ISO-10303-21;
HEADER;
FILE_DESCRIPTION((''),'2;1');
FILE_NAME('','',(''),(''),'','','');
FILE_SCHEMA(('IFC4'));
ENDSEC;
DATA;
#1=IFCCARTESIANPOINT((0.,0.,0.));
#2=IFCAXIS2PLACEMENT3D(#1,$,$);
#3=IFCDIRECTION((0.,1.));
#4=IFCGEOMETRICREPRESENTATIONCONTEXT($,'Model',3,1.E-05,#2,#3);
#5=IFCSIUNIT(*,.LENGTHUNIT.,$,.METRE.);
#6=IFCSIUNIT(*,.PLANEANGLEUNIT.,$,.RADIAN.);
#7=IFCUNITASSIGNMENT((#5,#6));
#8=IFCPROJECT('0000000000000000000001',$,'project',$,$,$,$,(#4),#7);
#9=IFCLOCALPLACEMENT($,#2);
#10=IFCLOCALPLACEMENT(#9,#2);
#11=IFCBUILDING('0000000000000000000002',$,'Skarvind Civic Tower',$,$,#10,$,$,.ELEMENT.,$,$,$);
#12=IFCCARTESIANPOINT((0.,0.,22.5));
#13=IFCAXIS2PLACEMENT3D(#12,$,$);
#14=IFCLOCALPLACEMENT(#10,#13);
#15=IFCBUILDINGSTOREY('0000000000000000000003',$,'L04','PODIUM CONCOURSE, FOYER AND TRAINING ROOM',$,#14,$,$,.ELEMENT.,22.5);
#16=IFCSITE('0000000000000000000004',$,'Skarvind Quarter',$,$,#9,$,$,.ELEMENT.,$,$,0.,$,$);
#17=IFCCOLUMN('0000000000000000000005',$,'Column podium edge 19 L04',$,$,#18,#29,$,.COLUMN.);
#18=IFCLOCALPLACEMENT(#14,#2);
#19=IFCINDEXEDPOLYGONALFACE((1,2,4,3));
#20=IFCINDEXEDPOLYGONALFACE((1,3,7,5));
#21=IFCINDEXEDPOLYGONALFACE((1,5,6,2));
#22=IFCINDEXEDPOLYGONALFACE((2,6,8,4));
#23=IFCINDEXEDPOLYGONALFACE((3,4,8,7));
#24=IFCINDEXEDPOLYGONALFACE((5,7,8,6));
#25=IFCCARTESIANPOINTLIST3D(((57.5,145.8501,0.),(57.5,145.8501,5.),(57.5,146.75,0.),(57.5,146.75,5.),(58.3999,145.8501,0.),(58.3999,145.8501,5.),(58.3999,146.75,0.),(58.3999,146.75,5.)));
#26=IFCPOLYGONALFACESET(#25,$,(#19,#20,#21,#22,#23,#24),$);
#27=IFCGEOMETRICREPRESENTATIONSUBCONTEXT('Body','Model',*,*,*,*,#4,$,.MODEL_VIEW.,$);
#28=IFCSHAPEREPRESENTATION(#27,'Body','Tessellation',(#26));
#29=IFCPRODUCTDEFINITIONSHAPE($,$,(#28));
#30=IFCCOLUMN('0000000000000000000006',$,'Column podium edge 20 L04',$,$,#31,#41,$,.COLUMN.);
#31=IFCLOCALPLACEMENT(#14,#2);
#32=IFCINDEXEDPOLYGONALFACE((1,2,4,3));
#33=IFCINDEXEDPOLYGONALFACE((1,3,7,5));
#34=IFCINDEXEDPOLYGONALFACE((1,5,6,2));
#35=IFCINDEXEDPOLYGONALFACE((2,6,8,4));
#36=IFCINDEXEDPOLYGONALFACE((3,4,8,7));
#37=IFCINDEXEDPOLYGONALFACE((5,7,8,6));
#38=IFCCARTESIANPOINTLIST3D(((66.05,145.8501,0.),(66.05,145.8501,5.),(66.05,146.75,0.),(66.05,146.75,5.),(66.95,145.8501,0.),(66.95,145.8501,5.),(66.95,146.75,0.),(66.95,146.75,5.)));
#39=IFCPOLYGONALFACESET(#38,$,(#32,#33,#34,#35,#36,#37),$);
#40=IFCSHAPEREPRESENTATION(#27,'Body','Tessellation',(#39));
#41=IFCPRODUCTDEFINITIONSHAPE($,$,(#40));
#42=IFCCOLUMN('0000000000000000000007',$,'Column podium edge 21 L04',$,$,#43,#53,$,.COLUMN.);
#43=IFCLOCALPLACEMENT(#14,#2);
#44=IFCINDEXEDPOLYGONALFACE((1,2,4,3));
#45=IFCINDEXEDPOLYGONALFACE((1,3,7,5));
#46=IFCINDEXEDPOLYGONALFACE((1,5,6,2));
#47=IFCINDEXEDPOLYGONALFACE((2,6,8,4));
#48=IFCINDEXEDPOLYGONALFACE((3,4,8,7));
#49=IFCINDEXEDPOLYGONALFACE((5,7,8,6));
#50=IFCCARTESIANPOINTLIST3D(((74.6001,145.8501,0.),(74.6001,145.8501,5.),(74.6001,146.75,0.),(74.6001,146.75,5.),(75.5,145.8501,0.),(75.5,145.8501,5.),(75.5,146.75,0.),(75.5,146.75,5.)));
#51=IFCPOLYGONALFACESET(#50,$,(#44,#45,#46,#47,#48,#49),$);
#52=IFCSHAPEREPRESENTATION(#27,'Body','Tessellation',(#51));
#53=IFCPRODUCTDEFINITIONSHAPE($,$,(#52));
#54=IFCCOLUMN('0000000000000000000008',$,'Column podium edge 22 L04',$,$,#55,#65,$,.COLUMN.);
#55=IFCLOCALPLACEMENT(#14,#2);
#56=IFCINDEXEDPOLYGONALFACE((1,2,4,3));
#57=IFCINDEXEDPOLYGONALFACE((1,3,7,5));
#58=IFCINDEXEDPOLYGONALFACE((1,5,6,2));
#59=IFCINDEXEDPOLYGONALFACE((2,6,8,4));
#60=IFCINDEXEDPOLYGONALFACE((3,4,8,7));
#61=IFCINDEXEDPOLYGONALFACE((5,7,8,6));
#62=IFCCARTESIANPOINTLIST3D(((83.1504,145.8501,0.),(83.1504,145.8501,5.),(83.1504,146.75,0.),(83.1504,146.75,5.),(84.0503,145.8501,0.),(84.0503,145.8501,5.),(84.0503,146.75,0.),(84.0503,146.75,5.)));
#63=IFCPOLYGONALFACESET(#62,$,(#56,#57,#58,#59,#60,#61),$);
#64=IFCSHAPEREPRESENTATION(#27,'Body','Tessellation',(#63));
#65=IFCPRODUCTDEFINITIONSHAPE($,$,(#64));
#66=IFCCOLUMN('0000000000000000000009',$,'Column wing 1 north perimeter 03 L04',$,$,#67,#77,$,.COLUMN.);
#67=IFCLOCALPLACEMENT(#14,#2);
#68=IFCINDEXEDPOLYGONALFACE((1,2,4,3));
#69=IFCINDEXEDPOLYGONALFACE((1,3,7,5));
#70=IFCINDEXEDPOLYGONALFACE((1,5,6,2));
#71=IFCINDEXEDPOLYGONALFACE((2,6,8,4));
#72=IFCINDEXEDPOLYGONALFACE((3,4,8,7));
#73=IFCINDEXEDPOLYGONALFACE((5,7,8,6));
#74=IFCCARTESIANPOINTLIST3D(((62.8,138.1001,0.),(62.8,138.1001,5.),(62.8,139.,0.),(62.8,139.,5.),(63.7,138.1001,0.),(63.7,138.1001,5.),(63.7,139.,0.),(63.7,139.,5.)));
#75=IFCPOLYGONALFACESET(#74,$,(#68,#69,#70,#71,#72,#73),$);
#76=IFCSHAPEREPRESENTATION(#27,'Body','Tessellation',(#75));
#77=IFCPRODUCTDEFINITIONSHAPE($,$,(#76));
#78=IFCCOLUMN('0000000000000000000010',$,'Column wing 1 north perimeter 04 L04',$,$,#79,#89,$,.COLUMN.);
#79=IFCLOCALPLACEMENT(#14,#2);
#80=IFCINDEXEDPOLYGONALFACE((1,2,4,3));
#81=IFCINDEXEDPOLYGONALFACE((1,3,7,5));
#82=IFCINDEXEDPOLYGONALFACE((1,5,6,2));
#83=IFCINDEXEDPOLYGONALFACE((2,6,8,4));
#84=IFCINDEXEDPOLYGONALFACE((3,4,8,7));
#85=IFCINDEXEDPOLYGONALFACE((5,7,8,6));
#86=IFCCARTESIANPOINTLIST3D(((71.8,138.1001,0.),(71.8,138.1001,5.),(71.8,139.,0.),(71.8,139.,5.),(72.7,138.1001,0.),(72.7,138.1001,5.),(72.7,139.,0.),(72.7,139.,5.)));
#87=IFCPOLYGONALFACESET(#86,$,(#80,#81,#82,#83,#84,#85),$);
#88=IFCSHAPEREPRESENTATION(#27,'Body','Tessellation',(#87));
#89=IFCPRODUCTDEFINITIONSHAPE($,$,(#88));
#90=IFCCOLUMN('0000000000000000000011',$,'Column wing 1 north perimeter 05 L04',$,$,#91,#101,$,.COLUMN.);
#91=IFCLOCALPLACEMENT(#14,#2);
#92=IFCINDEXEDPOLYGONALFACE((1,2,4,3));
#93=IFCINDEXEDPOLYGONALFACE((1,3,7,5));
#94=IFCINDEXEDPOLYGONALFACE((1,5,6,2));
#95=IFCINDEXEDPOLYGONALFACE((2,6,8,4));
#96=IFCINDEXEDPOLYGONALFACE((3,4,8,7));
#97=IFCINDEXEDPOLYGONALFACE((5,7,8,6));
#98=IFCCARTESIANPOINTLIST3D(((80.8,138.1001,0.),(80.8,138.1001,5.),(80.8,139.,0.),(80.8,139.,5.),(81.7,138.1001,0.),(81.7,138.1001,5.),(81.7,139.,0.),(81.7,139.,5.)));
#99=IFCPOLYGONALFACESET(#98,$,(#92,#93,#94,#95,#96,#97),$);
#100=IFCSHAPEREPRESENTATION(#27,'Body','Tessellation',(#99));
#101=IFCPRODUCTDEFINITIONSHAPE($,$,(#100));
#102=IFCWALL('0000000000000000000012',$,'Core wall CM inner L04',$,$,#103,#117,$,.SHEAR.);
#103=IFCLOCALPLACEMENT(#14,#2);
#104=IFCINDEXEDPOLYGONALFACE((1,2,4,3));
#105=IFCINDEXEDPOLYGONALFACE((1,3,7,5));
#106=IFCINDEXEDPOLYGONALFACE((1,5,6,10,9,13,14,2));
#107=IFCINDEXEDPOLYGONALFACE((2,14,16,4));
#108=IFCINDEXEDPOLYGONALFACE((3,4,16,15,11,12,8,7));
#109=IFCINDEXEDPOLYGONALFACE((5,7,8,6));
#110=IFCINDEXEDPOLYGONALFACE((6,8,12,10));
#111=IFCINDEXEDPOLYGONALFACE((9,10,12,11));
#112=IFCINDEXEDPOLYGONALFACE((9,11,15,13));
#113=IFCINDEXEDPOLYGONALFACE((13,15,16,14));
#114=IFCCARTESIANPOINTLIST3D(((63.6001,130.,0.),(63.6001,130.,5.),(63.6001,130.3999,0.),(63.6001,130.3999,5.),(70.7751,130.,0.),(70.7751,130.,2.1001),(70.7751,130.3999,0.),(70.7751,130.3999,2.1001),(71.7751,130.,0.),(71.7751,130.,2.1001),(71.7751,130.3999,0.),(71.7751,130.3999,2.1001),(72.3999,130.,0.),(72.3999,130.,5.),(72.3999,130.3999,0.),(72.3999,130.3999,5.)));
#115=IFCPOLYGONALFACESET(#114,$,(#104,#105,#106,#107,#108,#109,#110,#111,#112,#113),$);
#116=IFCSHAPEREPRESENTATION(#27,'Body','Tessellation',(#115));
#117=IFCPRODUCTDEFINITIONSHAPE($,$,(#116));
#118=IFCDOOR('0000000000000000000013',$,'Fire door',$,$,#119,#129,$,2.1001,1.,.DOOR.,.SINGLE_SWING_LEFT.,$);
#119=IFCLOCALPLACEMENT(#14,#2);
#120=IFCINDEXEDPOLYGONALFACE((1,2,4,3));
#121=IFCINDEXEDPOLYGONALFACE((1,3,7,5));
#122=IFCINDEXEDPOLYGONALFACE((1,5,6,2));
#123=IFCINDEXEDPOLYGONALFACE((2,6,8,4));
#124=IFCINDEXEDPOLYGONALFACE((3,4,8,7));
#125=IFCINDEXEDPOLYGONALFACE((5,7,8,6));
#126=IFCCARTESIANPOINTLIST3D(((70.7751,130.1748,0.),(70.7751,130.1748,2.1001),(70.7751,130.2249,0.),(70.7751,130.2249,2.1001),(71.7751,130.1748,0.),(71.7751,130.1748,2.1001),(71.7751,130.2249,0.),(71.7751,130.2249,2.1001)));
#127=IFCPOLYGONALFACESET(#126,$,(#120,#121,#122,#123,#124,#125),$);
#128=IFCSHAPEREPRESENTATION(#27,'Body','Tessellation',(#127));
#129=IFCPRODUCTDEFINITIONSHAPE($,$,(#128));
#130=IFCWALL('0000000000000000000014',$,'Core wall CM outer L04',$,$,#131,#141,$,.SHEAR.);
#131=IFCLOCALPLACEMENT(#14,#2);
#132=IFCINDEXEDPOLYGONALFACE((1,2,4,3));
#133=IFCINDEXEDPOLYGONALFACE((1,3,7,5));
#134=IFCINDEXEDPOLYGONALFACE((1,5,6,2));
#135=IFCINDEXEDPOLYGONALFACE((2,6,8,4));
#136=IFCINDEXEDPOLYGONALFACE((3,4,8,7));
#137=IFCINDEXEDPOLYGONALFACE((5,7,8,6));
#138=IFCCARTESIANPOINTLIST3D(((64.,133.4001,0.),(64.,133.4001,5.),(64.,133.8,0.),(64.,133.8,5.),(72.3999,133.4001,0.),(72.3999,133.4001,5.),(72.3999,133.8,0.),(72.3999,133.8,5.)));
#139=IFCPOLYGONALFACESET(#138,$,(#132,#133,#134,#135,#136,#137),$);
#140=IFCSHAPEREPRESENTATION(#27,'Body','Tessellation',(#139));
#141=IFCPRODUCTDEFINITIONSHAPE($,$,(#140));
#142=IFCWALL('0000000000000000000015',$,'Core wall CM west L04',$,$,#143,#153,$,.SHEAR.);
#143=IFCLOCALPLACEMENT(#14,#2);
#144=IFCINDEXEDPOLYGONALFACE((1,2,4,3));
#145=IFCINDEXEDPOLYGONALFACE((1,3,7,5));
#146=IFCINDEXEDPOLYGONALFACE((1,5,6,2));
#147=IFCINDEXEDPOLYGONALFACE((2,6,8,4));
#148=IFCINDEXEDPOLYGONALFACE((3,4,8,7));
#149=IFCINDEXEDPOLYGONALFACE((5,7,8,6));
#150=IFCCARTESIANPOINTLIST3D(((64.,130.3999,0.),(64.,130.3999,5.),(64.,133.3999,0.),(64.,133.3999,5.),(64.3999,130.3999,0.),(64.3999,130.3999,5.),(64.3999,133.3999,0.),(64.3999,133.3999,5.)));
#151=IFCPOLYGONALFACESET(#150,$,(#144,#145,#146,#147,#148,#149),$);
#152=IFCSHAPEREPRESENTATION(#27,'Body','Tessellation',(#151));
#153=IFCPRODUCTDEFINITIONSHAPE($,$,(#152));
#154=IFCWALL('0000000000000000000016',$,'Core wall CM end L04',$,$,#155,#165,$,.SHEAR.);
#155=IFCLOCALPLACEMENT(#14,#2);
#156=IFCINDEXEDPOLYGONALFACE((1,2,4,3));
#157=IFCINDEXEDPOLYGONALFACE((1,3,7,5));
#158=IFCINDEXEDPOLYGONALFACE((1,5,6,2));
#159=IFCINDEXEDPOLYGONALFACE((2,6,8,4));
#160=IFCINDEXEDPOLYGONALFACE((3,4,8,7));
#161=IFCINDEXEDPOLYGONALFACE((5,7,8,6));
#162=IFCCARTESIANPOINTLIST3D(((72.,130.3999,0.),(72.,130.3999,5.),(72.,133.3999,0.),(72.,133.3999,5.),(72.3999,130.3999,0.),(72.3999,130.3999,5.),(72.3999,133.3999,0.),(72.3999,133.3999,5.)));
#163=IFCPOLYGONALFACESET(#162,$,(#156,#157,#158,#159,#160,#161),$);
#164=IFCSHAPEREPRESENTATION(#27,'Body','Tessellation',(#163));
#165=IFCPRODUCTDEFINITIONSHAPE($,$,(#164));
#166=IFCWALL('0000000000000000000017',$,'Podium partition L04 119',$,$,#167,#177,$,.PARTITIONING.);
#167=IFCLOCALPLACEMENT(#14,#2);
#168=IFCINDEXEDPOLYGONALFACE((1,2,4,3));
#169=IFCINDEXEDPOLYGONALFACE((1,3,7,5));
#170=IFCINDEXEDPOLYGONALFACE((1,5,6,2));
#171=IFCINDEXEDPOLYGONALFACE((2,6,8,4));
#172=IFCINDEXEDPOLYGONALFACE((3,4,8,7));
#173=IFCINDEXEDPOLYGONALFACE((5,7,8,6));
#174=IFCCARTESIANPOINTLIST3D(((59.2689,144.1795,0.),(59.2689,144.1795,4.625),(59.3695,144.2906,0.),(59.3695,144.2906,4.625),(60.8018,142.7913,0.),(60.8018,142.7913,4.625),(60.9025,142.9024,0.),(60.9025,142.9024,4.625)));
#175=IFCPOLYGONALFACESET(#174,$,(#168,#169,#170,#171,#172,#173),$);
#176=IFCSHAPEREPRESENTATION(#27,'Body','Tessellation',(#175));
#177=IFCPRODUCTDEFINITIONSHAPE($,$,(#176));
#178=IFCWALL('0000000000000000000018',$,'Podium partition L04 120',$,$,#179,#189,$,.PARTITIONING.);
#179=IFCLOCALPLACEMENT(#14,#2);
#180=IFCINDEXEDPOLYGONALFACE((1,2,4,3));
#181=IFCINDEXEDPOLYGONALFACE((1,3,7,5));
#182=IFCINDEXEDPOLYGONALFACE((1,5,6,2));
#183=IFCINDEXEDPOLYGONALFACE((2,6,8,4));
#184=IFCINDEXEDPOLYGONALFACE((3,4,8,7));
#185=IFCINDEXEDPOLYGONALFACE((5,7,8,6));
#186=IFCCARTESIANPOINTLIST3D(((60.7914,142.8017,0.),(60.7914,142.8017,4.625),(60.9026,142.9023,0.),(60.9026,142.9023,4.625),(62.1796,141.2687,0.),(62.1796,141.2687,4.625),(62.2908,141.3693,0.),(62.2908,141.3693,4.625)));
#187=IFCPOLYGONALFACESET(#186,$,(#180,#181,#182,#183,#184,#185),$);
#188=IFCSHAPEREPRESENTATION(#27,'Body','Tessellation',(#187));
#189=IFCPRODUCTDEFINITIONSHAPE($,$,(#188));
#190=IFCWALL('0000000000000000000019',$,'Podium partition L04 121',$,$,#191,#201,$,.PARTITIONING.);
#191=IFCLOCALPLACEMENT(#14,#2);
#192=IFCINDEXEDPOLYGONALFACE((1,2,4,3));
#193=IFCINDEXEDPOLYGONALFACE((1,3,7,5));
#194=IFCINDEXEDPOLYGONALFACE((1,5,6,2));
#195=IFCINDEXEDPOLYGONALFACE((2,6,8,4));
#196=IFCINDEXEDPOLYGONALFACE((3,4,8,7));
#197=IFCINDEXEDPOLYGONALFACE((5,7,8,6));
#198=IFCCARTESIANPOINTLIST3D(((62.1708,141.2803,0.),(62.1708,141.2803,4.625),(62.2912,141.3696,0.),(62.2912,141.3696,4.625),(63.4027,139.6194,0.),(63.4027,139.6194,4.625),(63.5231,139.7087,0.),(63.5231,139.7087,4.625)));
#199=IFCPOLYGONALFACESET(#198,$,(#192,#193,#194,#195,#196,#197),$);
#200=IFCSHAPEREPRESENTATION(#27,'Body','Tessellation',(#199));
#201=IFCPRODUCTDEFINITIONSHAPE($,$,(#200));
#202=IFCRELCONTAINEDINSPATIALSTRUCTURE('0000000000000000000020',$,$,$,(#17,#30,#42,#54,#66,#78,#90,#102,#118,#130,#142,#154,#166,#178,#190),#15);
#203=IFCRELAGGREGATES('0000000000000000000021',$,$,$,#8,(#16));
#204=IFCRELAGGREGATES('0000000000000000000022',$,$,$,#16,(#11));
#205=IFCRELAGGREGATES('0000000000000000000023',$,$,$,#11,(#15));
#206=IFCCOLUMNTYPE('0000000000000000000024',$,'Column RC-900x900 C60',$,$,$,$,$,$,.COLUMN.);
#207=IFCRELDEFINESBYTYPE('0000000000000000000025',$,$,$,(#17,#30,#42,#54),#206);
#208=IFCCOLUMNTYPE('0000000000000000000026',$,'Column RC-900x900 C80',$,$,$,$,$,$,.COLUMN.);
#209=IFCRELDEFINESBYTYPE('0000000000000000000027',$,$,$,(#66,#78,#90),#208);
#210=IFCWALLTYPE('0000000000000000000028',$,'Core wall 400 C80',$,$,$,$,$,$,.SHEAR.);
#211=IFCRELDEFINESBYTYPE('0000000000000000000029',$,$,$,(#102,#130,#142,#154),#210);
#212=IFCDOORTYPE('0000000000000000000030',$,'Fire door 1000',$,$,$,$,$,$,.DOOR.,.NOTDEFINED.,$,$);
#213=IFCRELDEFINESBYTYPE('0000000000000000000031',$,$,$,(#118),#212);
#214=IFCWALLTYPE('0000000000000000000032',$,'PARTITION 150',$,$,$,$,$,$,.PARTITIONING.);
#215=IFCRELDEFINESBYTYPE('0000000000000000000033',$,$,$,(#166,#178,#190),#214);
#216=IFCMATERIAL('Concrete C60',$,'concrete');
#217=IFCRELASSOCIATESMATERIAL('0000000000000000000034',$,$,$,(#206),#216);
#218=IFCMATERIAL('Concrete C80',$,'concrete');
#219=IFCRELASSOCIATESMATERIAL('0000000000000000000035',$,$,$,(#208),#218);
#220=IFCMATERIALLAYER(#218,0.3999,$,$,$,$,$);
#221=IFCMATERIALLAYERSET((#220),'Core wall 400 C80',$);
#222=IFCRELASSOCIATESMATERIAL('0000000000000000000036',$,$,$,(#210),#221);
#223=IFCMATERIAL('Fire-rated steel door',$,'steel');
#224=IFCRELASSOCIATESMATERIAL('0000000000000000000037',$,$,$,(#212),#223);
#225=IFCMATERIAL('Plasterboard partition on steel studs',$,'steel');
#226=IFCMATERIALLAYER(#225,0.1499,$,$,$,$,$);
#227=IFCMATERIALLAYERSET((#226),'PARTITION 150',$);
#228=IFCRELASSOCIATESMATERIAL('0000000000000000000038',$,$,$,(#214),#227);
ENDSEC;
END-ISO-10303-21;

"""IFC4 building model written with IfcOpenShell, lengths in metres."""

from ifc_helpers import new_model, si_unit, direction, frame, frame_2d, origin, origin_2d, place, context, subcontext, project, spatial, rectangle, extrude, material, layer, layer_set, material_profile, profile_set, type_object, element, fill, save


model = new_model("IFC4")

# Units and contexts
model_context = context("Model", 3, precision=1e-05, world=origin(), true_north=direction((0.0, 1.0)))
body_context = subcontext(model_context, "Body", "Model", "MODEL_VIEW")
ifc_project = project(units=[si_unit("LENGTHUNIT", "METRE"), si_unit("PLANEANGLEUNIT", "RADIAN")], contexts=[model_context])

# Site, building, storey
site_placement = place(None, origin())
site = spatial("IfcSite", under=ifc_project, at=site_placement, Name="Skarvind Quarter", CompositionType="ELEMENT", RefElevation=0.0)
building_placement = place(site_placement, origin())
building = spatial("IfcBuilding", under=site, at=building_placement, Name="Skarvind Civic Tower", CompositionType="ELEMENT")
storey_placement = place(building_placement, frame((0.0, 0.0, 22.5)))
storey = spatial("IfcBuildingStorey", under=building, at=storey_placement, Name="L04", Description="PODIUM CONCOURSE, FOYER AND TRAINING ROOM", CompositionType="ELEMENT", Elevation=22.5)

# Columns
ifc_material_1 = material(Name="Concrete C60", Category="concrete")
ifc_material_profile_1 = material_profile(ifc_material_1, rectangle(XDim=0.8999, YDim=0.8999, at=origin_2d()), Name="RC-900x900")
ifc_profile_set_1 = profile_set([ifc_material_profile_1], Name="Concrete C60")
column_type_1 = type_object("IfcColumnType", Name="Column RC-900x900 C60", PredefinedType="COLUMN", material=ifc_profile_set_1)
for number, where, z_axis, x_axis, name in (
    (1, (57.95, 146.3, 0.0), (0.0, 0.0, 1.0), (1.0, 0.0, 0.0), "Column podium edge 19 L04"),
    (2, (66.5, 146.3, 0.0), (0.0, 0.0, 1.0), (1.0, 0.0, 0.0), "Column podium edge 20 L04"),
    (3, (75.05, 146.3, 0.0), (0.0, 0.0, 1.0), (1.0, 0.0, 0.0), "Column podium edge 21 L04"),
    (4, (83.6003, 146.3, 0.0), (0.0, 0.0, 1.0), (1.0, 0.0, 0.0), "Column podium edge 22 L04"),
):
    element("IfcColumn", number, at=place(storey_placement, frame(where, z_axis=z_axis, x_axis=x_axis)), inside=storey, type_object=column_type_1, Name=name, PredefinedType="COLUMN", context=body_context, shape_type="SweptSolid", body=[
        extrude(rectangle(XDim=0.8999, YDim=0.8999, at=origin_2d()), origin(), (0.0, 0.0, 1.0), 5.0),
    ])
ifc_material_2 = material(Name="Concrete C80", Category="concrete")
ifc_material_profile_2 = material_profile(ifc_material_2, rectangle(XDim=0.8999, YDim=0.8999, at=origin_2d()), Name="RC-900x900")
ifc_profile_set_2 = profile_set([ifc_material_profile_2], Name="Concrete C80")
column_type_2 = type_object("IfcColumnType", Name="Column RC-900x900 C80", PredefinedType="COLUMN", material=ifc_profile_set_2)
for number, where, z_axis, x_axis, name in (
    (5, (63.25, 138.55, 0.0), (0.0, 0.0, 1.0), (1.0, 0.0, 0.0), "Column wing 1 north perimeter 03 L04"),
    (6, (72.25, 138.55, 0.0), (0.0, 0.0, 1.0), (1.0, 0.0, 0.0), "Column wing 1 north perimeter 04 L04"),
    (7, (81.25, 138.55, 0.0), (0.0, 0.0, 1.0), (1.0, 0.0, 0.0), "Column wing 1 north perimeter 05 L04"),
):
    element("IfcColumn", number, at=place(storey_placement, frame(where, z_axis=z_axis, x_axis=x_axis)), inside=storey, type_object=column_type_2, Name=name, PredefinedType="COLUMN", context=body_context, shape_type="SweptSolid", body=[
        extrude(rectangle(XDim=0.8999, YDim=0.8999, at=origin_2d()), origin(), (0.0, 0.0, 1.0), 5.0),
    ])

# Wall, opening, door
ifc_layer_1 = layer(ifc_material_2, 0.3999)
ifc_layer_set_1 = layer_set([ifc_layer_1], Name="Core wall 400 C80")
wall_type_1 = type_object("IfcWallType", Name="Core wall 400 C80", PredefinedType="SHEAR", material=ifc_layer_set_1)
wall_1_placement = place(storey_placement, frame((63.6001, 130.2, 0.0), z_axis=(0.0, 0.0, 1.0), x_axis=(1.0, 0.0, 0.0)))
wall_1 = element("IfcWall", 8, at=wall_1_placement, inside=storey, type_object=wall_type_1, Name="Core wall CM inner L04", PredefinedType="SHEAR", context=body_context, shape_type="SweptSolid", body=[
    extrude(rectangle(XDim=8.7998, YDim=0.3999, at=frame_2d((4.3999, 0.0))), origin(), (0.0, 0.0, 1.0), 5.0),
])
opening_placement = place(wall_1_placement, frame((7.175, 0.0, 0.0)))
opening = element("IfcOpeningElement", 9, at=opening_placement, cuts=wall_1, PredefinedType="OPENING", context=body_context, shape_type="SweptSolid", body=[
    extrude(rectangle(XDim=1.0, YDim=2.1001, at=frame_2d((0.5, 1.05))), frame((0.0, 0.21, 0.0), z_axis=(0.0, -1.0, 0.0), x_axis=(1.0, 0.0, 0.0)), (0.0, 0.0, 1.0), 0.4199),
])
ifc_material_3 = material(Name="Fire-rated steel door", Category="steel")
door_type = type_object("IfcDoorType", Name="Fire door 1000", OperationType="NOTDEFINED", PredefinedType="DOOR", material=ifc_material_3)
door_placement = place(opening_placement, origin())
door = element("IfcDoor", 10, at=door_placement, inside=storey, type_object=door_type, Name="Fire door", OperationType="SINGLE_SWING_LEFT", OverallHeight=2.1001, OverallWidth=1.0, PredefinedType="DOOR", context=body_context, shape_type="SweptSolid", body=[
    extrude(rectangle(XDim=1.0, YDim=2.1001, at=frame_2d((0.5, 1.05))), frame((0.0, 0.0249, 0.0), z_axis=(0.0, -1.0, 0.0), x_axis=(1.0, 0.0, 0.0)), (0.0, 0.0, 1.0), 0.05),
])
fill(opening, door)

# Walls
wall_2_placement = place(storey_placement, frame((64.0, 133.6001, 0.0), z_axis=(0.0, 0.0, 1.0), x_axis=(1.0, 0.0, 0.0)))
element("IfcWall", 11, at=wall_2_placement, inside=storey, type_object=wall_type_1, Name="Core wall CM outer L04", PredefinedType="SHEAR", context=body_context, shape_type="SweptSolid", body=[
    extrude(rectangle(XDim=8.3999, YDim=0.3999, at=frame_2d((4.2, 0.0))), origin(), (0.0, 0.0, 1.0), 5.0),
])
for number, where, z_axis, x_axis, name in (
    (12, (64.2, 130.3999, 0.0), (0.0, 0.0, 1.0), (0.0, 1.0, 0.0), "Core wall CM west L04"),
    (13, (72.2, 130.3999, 0.0), (0.0, 0.0, 1.0), (0.0, 1.0, 0.0), "Core wall CM end L04"),
):
    element("IfcWall", number, at=place(storey_placement, frame(where, z_axis=z_axis, x_axis=x_axis)), inside=storey, type_object=wall_type_1, Name=name, PredefinedType="SHEAR", context=body_context, shape_type="SweptSolid", body=[
        extrude(rectangle(XDim=3.0, YDim=0.3999, at=frame_2d((1.5, 0.0))), origin(), (0.0, 0.0, 1.0), 5.0),
    ])
ifc_material_4 = material(Name="Plasterboard partition on steel studs", Category="steel")
ifc_layer_2 = layer(ifc_material_4, 0.1499)
ifc_layer_set_2 = layer_set([ifc_layer_2], Name="PARTITION 150")
wall_type_2 = type_object("IfcWallType", Name="PARTITION 150", PredefinedType="PARTITIONING", material=ifc_layer_set_2)
for number, where, z_axis, x_axis, name in (
    (14, (59.3191, 144.2351, 0.0), (0.0, 0.0, 1.0), (0.741242, -0.671238, 0.0), "Podium partition L04 119"),
    (15, (60.8469, 142.8521, 0.0), (0.0, 0.0, 1.0), (0.671238, -0.741242, 0.0), "Podium partition L04 120"),
):
    element("IfcWall", number, at=place(storey_placement, frame(where, z_axis=z_axis, x_axis=x_axis)), inside=storey, type_object=wall_type_2, Name=name, PredefinedType="PARTITIONING", context=body_context, shape_type="SweptSolid", body=[
        extrude(rectangle(XDim=2.0681, YDim=0.1499, at=frame_2d((1.0342, 0.0))), origin(), (0.0, 0.0, 1.0), 4.625),
    ])
wall_3_placement = place(storey_placement, frame((62.231, 141.325, 0.0), z_axis=(0.0, 0.0, 1.0), x_axis=(0.595741, -0.803176, 0.0)))
element("IfcWall", 16, at=wall_3_placement, inside=storey, type_object=wall_type_2, Name="Podium partition L04 121", PredefinedType="PARTITIONING", context=body_context, shape_type="SweptSolid", body=[
    extrude(rectangle(XDim=2.0679, YDim=0.1499, at=frame_2d((1.0339, 0.0))), origin(), (0.0, 0.0, 1.0), 4.625),
])

save(model, "model.ifc")
